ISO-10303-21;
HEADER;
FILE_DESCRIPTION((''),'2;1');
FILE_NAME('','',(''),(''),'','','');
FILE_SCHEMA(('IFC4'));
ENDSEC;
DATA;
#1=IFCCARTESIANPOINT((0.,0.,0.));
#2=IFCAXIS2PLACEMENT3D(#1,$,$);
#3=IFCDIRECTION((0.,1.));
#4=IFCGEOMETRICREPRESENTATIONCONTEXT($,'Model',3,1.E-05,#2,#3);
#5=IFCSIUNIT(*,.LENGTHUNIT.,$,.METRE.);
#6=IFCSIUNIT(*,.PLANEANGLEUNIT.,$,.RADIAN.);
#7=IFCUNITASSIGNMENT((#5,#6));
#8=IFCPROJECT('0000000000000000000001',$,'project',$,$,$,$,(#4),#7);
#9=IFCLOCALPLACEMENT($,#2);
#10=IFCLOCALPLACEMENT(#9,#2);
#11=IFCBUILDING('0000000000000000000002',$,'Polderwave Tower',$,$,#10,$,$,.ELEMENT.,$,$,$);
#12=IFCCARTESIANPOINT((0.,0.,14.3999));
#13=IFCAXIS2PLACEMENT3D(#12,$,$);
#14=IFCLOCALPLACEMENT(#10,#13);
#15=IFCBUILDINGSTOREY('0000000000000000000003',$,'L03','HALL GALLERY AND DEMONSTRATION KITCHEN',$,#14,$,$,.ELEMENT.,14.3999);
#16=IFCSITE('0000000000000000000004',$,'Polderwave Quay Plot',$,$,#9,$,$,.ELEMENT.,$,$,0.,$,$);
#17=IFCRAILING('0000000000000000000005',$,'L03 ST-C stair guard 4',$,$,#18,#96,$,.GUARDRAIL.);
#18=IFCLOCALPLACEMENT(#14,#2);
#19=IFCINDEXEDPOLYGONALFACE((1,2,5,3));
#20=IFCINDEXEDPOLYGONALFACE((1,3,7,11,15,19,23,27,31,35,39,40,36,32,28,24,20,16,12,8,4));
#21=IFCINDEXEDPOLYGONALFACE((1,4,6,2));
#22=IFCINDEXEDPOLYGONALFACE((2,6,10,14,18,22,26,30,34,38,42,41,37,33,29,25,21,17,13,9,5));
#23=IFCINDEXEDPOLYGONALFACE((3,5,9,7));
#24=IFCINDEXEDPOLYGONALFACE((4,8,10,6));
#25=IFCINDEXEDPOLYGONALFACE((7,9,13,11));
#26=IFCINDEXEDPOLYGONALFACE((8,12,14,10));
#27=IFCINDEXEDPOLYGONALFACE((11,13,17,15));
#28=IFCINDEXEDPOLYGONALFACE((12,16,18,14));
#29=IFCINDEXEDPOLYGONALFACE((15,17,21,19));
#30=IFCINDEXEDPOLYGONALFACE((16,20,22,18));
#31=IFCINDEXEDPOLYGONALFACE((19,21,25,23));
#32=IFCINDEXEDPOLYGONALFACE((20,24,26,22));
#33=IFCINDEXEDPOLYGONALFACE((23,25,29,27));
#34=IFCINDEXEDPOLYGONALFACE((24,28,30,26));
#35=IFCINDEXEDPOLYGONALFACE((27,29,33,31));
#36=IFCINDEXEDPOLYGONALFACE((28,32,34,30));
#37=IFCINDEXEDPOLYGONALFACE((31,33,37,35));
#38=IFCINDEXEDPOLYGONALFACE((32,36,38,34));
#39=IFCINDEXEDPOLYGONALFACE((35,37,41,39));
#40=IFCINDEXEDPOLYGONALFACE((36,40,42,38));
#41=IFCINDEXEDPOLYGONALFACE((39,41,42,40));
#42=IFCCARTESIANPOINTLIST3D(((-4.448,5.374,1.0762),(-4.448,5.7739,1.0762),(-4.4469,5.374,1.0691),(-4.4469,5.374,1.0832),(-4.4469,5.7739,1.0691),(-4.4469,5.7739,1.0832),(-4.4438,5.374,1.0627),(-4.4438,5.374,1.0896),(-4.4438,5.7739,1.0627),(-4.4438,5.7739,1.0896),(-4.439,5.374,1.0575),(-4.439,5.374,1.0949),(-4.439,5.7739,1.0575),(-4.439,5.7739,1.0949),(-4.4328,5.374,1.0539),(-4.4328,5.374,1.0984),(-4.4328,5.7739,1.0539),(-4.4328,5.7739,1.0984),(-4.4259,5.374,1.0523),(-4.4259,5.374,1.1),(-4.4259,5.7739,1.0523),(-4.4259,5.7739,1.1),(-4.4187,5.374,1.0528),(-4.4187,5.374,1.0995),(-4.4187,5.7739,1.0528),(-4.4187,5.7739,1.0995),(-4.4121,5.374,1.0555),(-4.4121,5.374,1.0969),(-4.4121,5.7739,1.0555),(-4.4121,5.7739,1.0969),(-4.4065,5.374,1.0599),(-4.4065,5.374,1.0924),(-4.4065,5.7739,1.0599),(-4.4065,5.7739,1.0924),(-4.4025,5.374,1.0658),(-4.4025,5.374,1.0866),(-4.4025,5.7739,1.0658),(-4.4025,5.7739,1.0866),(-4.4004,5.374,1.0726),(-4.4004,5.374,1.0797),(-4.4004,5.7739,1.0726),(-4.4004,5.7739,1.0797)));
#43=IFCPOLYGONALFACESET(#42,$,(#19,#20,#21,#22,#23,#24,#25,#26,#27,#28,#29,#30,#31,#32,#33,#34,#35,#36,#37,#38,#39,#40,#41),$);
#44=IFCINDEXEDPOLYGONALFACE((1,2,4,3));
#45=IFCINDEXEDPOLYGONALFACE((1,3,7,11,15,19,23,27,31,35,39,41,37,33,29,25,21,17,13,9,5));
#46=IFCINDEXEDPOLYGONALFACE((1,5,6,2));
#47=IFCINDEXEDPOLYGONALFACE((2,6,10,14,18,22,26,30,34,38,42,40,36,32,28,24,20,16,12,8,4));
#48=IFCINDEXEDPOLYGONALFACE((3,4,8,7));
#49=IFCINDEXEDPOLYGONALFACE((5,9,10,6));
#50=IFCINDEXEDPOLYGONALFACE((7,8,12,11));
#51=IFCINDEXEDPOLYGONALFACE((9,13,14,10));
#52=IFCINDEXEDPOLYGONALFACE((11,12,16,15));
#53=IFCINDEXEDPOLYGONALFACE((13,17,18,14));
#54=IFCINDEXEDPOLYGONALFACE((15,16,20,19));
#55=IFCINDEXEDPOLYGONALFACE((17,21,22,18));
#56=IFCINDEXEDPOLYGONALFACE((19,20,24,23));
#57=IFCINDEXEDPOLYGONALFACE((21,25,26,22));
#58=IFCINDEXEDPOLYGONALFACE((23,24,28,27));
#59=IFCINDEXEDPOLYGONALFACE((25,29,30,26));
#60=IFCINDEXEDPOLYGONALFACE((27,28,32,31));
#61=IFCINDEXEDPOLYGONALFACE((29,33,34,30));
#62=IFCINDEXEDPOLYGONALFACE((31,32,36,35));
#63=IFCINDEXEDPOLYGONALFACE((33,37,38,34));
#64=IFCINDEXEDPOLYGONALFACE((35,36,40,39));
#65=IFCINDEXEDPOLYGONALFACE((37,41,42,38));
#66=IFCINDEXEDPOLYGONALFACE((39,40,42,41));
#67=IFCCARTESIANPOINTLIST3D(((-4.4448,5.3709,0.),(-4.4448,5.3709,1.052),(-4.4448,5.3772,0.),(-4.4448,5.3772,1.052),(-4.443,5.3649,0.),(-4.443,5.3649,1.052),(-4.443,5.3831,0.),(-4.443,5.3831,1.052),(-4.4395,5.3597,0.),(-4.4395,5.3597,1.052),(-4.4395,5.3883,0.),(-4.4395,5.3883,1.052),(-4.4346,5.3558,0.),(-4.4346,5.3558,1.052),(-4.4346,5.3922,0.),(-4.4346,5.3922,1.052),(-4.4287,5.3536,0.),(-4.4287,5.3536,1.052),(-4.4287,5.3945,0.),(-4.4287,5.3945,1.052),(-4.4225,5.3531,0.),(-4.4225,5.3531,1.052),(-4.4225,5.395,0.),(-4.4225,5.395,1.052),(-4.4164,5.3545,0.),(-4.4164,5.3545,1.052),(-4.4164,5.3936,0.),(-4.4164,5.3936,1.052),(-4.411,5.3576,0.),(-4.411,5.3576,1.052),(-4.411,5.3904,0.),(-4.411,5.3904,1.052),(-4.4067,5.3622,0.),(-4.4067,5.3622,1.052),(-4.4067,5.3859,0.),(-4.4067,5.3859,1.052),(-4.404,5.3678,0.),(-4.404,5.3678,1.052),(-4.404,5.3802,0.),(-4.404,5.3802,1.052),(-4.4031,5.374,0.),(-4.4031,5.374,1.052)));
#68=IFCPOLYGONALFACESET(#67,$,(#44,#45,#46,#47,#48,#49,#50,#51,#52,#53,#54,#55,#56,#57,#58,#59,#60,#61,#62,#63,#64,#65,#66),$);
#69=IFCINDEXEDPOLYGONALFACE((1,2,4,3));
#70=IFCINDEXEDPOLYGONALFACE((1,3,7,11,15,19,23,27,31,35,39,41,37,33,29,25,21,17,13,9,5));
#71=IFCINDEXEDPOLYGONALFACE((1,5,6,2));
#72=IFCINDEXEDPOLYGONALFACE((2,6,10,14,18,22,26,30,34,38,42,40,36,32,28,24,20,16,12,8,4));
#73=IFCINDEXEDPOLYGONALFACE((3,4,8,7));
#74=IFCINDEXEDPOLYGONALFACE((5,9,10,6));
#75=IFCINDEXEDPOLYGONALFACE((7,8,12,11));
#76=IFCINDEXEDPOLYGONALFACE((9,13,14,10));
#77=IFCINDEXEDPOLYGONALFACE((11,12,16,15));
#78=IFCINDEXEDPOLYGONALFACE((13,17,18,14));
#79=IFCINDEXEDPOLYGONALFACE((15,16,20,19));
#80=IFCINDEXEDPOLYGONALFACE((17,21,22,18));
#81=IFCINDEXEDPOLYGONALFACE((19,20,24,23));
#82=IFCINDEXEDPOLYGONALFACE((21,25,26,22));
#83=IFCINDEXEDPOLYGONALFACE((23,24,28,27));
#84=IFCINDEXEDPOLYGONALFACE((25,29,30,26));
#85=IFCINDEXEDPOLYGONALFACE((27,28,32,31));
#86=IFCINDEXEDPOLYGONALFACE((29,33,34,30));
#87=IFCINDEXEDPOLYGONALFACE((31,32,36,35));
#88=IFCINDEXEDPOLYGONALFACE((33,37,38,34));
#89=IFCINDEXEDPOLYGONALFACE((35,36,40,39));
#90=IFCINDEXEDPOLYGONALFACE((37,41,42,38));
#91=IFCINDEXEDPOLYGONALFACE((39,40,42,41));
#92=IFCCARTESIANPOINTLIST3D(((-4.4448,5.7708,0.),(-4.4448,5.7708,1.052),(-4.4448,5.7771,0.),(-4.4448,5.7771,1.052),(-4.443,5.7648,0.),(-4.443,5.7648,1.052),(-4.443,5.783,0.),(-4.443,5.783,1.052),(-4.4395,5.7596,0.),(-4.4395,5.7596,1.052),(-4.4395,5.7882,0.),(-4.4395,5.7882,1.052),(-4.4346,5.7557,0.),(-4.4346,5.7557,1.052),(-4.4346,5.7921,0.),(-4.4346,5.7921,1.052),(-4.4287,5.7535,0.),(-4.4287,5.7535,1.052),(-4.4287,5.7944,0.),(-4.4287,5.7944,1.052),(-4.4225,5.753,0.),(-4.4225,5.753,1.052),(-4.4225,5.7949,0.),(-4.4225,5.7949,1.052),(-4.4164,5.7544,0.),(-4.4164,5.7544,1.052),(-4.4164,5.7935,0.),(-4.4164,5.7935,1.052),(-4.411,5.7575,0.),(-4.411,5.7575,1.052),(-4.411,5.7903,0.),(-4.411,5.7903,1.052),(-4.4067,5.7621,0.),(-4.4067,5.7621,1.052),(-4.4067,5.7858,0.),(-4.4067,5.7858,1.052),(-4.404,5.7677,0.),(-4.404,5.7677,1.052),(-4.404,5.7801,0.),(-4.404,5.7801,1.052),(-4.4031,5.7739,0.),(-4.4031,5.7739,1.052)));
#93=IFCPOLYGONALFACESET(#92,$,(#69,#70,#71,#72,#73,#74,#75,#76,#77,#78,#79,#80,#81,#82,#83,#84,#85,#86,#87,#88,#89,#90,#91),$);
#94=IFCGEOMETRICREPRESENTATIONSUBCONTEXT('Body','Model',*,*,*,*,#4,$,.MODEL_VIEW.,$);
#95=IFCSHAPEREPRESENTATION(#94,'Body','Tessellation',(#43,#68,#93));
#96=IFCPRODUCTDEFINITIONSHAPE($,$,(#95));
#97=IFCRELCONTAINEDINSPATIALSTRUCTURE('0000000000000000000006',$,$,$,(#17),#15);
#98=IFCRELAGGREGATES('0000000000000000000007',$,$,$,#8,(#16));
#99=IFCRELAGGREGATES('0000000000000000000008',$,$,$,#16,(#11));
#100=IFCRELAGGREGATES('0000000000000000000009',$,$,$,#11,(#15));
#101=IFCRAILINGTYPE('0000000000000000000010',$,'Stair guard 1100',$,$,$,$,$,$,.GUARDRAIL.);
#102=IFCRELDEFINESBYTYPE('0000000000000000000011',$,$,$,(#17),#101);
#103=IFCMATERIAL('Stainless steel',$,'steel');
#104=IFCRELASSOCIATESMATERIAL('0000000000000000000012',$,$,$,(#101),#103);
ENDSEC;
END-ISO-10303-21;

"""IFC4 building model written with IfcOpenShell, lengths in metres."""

from ifc_helpers import new_model, si_unit, direction, frame, origin, origin_2d, place, context, subcontext, project, spatial, circle, extrude, material, type_object, element, save


model = new_model("IFC4")

# Units and contexts
model_context = context("Model", 3, precision=1e-05, world=origin(), true_north=direction((0.0, 1.0)))
body_context = subcontext(model_context, "Body", "Model", "MODEL_VIEW")
ifc_project = project(units=[si_unit("LENGTHUNIT", "METRE"), si_unit("PLANEANGLEUNIT", "RADIAN")], contexts=[model_context])

# Site, building, storey
site_placement = place(None, origin())
site = spatial("IfcSite", under=ifc_project, at=site_placement, Name="Polderwave Quay Plot", CompositionType="ELEMENT", RefElevation=0.0)
building_placement = place(site_placement, origin())
building = spatial("IfcBuilding", under=site, at=building_placement, Name="Polderwave Tower", CompositionType="ELEMENT")
storey_placement = place(building_placement, frame((0.0, 0.0, 14.3999)))
storey = spatial("IfcBuildingStorey", under=building, at=storey_placement, Name="L03", Description="HALL GALLERY AND DEMONSTRATION KITCHEN", CompositionType="ELEMENT", Elevation=14.3999)

# Railing
ifc_material_1 = material(Name="Stainless steel", Category="steel")
railing_type_1 = type_object("IfcRailingType", Name="Stair guard 1100", PredefinedType="GUARDRAIL", material=ifc_material_1)
railing_1_placement = place(storey_placement, frame((-4.4241, 5.374, 0.0)))
element("IfcRailing", 1, at=railing_1_placement, inside=storey, type_object=railing_type_1, Name="L03 ST-C stair guard 4", PredefinedType="GUARDRAIL", context=body_context, shape_type="SweptSolid", body=[
    extrude(circle(Radius=0.0239, at=origin_2d()), frame((0.0, 0.0, 1.0762), z_axis=(0.0, 1.0, 0.0), x_axis=(-1.0, 0.0, 0.0)), (0.0, 0.0, 1.0), 0.3999),
    extrude(circle(Radius=0.021, at=origin_2d()), origin(), (0.0, 0.0, 1.0), 1.052),
    extrude(circle(Radius=0.021, at=origin_2d()), frame((0.0, 0.3999, 0.0)), (0.0, 0.0, 1.0), 1.052),
])

save(model, "model.ifc")
